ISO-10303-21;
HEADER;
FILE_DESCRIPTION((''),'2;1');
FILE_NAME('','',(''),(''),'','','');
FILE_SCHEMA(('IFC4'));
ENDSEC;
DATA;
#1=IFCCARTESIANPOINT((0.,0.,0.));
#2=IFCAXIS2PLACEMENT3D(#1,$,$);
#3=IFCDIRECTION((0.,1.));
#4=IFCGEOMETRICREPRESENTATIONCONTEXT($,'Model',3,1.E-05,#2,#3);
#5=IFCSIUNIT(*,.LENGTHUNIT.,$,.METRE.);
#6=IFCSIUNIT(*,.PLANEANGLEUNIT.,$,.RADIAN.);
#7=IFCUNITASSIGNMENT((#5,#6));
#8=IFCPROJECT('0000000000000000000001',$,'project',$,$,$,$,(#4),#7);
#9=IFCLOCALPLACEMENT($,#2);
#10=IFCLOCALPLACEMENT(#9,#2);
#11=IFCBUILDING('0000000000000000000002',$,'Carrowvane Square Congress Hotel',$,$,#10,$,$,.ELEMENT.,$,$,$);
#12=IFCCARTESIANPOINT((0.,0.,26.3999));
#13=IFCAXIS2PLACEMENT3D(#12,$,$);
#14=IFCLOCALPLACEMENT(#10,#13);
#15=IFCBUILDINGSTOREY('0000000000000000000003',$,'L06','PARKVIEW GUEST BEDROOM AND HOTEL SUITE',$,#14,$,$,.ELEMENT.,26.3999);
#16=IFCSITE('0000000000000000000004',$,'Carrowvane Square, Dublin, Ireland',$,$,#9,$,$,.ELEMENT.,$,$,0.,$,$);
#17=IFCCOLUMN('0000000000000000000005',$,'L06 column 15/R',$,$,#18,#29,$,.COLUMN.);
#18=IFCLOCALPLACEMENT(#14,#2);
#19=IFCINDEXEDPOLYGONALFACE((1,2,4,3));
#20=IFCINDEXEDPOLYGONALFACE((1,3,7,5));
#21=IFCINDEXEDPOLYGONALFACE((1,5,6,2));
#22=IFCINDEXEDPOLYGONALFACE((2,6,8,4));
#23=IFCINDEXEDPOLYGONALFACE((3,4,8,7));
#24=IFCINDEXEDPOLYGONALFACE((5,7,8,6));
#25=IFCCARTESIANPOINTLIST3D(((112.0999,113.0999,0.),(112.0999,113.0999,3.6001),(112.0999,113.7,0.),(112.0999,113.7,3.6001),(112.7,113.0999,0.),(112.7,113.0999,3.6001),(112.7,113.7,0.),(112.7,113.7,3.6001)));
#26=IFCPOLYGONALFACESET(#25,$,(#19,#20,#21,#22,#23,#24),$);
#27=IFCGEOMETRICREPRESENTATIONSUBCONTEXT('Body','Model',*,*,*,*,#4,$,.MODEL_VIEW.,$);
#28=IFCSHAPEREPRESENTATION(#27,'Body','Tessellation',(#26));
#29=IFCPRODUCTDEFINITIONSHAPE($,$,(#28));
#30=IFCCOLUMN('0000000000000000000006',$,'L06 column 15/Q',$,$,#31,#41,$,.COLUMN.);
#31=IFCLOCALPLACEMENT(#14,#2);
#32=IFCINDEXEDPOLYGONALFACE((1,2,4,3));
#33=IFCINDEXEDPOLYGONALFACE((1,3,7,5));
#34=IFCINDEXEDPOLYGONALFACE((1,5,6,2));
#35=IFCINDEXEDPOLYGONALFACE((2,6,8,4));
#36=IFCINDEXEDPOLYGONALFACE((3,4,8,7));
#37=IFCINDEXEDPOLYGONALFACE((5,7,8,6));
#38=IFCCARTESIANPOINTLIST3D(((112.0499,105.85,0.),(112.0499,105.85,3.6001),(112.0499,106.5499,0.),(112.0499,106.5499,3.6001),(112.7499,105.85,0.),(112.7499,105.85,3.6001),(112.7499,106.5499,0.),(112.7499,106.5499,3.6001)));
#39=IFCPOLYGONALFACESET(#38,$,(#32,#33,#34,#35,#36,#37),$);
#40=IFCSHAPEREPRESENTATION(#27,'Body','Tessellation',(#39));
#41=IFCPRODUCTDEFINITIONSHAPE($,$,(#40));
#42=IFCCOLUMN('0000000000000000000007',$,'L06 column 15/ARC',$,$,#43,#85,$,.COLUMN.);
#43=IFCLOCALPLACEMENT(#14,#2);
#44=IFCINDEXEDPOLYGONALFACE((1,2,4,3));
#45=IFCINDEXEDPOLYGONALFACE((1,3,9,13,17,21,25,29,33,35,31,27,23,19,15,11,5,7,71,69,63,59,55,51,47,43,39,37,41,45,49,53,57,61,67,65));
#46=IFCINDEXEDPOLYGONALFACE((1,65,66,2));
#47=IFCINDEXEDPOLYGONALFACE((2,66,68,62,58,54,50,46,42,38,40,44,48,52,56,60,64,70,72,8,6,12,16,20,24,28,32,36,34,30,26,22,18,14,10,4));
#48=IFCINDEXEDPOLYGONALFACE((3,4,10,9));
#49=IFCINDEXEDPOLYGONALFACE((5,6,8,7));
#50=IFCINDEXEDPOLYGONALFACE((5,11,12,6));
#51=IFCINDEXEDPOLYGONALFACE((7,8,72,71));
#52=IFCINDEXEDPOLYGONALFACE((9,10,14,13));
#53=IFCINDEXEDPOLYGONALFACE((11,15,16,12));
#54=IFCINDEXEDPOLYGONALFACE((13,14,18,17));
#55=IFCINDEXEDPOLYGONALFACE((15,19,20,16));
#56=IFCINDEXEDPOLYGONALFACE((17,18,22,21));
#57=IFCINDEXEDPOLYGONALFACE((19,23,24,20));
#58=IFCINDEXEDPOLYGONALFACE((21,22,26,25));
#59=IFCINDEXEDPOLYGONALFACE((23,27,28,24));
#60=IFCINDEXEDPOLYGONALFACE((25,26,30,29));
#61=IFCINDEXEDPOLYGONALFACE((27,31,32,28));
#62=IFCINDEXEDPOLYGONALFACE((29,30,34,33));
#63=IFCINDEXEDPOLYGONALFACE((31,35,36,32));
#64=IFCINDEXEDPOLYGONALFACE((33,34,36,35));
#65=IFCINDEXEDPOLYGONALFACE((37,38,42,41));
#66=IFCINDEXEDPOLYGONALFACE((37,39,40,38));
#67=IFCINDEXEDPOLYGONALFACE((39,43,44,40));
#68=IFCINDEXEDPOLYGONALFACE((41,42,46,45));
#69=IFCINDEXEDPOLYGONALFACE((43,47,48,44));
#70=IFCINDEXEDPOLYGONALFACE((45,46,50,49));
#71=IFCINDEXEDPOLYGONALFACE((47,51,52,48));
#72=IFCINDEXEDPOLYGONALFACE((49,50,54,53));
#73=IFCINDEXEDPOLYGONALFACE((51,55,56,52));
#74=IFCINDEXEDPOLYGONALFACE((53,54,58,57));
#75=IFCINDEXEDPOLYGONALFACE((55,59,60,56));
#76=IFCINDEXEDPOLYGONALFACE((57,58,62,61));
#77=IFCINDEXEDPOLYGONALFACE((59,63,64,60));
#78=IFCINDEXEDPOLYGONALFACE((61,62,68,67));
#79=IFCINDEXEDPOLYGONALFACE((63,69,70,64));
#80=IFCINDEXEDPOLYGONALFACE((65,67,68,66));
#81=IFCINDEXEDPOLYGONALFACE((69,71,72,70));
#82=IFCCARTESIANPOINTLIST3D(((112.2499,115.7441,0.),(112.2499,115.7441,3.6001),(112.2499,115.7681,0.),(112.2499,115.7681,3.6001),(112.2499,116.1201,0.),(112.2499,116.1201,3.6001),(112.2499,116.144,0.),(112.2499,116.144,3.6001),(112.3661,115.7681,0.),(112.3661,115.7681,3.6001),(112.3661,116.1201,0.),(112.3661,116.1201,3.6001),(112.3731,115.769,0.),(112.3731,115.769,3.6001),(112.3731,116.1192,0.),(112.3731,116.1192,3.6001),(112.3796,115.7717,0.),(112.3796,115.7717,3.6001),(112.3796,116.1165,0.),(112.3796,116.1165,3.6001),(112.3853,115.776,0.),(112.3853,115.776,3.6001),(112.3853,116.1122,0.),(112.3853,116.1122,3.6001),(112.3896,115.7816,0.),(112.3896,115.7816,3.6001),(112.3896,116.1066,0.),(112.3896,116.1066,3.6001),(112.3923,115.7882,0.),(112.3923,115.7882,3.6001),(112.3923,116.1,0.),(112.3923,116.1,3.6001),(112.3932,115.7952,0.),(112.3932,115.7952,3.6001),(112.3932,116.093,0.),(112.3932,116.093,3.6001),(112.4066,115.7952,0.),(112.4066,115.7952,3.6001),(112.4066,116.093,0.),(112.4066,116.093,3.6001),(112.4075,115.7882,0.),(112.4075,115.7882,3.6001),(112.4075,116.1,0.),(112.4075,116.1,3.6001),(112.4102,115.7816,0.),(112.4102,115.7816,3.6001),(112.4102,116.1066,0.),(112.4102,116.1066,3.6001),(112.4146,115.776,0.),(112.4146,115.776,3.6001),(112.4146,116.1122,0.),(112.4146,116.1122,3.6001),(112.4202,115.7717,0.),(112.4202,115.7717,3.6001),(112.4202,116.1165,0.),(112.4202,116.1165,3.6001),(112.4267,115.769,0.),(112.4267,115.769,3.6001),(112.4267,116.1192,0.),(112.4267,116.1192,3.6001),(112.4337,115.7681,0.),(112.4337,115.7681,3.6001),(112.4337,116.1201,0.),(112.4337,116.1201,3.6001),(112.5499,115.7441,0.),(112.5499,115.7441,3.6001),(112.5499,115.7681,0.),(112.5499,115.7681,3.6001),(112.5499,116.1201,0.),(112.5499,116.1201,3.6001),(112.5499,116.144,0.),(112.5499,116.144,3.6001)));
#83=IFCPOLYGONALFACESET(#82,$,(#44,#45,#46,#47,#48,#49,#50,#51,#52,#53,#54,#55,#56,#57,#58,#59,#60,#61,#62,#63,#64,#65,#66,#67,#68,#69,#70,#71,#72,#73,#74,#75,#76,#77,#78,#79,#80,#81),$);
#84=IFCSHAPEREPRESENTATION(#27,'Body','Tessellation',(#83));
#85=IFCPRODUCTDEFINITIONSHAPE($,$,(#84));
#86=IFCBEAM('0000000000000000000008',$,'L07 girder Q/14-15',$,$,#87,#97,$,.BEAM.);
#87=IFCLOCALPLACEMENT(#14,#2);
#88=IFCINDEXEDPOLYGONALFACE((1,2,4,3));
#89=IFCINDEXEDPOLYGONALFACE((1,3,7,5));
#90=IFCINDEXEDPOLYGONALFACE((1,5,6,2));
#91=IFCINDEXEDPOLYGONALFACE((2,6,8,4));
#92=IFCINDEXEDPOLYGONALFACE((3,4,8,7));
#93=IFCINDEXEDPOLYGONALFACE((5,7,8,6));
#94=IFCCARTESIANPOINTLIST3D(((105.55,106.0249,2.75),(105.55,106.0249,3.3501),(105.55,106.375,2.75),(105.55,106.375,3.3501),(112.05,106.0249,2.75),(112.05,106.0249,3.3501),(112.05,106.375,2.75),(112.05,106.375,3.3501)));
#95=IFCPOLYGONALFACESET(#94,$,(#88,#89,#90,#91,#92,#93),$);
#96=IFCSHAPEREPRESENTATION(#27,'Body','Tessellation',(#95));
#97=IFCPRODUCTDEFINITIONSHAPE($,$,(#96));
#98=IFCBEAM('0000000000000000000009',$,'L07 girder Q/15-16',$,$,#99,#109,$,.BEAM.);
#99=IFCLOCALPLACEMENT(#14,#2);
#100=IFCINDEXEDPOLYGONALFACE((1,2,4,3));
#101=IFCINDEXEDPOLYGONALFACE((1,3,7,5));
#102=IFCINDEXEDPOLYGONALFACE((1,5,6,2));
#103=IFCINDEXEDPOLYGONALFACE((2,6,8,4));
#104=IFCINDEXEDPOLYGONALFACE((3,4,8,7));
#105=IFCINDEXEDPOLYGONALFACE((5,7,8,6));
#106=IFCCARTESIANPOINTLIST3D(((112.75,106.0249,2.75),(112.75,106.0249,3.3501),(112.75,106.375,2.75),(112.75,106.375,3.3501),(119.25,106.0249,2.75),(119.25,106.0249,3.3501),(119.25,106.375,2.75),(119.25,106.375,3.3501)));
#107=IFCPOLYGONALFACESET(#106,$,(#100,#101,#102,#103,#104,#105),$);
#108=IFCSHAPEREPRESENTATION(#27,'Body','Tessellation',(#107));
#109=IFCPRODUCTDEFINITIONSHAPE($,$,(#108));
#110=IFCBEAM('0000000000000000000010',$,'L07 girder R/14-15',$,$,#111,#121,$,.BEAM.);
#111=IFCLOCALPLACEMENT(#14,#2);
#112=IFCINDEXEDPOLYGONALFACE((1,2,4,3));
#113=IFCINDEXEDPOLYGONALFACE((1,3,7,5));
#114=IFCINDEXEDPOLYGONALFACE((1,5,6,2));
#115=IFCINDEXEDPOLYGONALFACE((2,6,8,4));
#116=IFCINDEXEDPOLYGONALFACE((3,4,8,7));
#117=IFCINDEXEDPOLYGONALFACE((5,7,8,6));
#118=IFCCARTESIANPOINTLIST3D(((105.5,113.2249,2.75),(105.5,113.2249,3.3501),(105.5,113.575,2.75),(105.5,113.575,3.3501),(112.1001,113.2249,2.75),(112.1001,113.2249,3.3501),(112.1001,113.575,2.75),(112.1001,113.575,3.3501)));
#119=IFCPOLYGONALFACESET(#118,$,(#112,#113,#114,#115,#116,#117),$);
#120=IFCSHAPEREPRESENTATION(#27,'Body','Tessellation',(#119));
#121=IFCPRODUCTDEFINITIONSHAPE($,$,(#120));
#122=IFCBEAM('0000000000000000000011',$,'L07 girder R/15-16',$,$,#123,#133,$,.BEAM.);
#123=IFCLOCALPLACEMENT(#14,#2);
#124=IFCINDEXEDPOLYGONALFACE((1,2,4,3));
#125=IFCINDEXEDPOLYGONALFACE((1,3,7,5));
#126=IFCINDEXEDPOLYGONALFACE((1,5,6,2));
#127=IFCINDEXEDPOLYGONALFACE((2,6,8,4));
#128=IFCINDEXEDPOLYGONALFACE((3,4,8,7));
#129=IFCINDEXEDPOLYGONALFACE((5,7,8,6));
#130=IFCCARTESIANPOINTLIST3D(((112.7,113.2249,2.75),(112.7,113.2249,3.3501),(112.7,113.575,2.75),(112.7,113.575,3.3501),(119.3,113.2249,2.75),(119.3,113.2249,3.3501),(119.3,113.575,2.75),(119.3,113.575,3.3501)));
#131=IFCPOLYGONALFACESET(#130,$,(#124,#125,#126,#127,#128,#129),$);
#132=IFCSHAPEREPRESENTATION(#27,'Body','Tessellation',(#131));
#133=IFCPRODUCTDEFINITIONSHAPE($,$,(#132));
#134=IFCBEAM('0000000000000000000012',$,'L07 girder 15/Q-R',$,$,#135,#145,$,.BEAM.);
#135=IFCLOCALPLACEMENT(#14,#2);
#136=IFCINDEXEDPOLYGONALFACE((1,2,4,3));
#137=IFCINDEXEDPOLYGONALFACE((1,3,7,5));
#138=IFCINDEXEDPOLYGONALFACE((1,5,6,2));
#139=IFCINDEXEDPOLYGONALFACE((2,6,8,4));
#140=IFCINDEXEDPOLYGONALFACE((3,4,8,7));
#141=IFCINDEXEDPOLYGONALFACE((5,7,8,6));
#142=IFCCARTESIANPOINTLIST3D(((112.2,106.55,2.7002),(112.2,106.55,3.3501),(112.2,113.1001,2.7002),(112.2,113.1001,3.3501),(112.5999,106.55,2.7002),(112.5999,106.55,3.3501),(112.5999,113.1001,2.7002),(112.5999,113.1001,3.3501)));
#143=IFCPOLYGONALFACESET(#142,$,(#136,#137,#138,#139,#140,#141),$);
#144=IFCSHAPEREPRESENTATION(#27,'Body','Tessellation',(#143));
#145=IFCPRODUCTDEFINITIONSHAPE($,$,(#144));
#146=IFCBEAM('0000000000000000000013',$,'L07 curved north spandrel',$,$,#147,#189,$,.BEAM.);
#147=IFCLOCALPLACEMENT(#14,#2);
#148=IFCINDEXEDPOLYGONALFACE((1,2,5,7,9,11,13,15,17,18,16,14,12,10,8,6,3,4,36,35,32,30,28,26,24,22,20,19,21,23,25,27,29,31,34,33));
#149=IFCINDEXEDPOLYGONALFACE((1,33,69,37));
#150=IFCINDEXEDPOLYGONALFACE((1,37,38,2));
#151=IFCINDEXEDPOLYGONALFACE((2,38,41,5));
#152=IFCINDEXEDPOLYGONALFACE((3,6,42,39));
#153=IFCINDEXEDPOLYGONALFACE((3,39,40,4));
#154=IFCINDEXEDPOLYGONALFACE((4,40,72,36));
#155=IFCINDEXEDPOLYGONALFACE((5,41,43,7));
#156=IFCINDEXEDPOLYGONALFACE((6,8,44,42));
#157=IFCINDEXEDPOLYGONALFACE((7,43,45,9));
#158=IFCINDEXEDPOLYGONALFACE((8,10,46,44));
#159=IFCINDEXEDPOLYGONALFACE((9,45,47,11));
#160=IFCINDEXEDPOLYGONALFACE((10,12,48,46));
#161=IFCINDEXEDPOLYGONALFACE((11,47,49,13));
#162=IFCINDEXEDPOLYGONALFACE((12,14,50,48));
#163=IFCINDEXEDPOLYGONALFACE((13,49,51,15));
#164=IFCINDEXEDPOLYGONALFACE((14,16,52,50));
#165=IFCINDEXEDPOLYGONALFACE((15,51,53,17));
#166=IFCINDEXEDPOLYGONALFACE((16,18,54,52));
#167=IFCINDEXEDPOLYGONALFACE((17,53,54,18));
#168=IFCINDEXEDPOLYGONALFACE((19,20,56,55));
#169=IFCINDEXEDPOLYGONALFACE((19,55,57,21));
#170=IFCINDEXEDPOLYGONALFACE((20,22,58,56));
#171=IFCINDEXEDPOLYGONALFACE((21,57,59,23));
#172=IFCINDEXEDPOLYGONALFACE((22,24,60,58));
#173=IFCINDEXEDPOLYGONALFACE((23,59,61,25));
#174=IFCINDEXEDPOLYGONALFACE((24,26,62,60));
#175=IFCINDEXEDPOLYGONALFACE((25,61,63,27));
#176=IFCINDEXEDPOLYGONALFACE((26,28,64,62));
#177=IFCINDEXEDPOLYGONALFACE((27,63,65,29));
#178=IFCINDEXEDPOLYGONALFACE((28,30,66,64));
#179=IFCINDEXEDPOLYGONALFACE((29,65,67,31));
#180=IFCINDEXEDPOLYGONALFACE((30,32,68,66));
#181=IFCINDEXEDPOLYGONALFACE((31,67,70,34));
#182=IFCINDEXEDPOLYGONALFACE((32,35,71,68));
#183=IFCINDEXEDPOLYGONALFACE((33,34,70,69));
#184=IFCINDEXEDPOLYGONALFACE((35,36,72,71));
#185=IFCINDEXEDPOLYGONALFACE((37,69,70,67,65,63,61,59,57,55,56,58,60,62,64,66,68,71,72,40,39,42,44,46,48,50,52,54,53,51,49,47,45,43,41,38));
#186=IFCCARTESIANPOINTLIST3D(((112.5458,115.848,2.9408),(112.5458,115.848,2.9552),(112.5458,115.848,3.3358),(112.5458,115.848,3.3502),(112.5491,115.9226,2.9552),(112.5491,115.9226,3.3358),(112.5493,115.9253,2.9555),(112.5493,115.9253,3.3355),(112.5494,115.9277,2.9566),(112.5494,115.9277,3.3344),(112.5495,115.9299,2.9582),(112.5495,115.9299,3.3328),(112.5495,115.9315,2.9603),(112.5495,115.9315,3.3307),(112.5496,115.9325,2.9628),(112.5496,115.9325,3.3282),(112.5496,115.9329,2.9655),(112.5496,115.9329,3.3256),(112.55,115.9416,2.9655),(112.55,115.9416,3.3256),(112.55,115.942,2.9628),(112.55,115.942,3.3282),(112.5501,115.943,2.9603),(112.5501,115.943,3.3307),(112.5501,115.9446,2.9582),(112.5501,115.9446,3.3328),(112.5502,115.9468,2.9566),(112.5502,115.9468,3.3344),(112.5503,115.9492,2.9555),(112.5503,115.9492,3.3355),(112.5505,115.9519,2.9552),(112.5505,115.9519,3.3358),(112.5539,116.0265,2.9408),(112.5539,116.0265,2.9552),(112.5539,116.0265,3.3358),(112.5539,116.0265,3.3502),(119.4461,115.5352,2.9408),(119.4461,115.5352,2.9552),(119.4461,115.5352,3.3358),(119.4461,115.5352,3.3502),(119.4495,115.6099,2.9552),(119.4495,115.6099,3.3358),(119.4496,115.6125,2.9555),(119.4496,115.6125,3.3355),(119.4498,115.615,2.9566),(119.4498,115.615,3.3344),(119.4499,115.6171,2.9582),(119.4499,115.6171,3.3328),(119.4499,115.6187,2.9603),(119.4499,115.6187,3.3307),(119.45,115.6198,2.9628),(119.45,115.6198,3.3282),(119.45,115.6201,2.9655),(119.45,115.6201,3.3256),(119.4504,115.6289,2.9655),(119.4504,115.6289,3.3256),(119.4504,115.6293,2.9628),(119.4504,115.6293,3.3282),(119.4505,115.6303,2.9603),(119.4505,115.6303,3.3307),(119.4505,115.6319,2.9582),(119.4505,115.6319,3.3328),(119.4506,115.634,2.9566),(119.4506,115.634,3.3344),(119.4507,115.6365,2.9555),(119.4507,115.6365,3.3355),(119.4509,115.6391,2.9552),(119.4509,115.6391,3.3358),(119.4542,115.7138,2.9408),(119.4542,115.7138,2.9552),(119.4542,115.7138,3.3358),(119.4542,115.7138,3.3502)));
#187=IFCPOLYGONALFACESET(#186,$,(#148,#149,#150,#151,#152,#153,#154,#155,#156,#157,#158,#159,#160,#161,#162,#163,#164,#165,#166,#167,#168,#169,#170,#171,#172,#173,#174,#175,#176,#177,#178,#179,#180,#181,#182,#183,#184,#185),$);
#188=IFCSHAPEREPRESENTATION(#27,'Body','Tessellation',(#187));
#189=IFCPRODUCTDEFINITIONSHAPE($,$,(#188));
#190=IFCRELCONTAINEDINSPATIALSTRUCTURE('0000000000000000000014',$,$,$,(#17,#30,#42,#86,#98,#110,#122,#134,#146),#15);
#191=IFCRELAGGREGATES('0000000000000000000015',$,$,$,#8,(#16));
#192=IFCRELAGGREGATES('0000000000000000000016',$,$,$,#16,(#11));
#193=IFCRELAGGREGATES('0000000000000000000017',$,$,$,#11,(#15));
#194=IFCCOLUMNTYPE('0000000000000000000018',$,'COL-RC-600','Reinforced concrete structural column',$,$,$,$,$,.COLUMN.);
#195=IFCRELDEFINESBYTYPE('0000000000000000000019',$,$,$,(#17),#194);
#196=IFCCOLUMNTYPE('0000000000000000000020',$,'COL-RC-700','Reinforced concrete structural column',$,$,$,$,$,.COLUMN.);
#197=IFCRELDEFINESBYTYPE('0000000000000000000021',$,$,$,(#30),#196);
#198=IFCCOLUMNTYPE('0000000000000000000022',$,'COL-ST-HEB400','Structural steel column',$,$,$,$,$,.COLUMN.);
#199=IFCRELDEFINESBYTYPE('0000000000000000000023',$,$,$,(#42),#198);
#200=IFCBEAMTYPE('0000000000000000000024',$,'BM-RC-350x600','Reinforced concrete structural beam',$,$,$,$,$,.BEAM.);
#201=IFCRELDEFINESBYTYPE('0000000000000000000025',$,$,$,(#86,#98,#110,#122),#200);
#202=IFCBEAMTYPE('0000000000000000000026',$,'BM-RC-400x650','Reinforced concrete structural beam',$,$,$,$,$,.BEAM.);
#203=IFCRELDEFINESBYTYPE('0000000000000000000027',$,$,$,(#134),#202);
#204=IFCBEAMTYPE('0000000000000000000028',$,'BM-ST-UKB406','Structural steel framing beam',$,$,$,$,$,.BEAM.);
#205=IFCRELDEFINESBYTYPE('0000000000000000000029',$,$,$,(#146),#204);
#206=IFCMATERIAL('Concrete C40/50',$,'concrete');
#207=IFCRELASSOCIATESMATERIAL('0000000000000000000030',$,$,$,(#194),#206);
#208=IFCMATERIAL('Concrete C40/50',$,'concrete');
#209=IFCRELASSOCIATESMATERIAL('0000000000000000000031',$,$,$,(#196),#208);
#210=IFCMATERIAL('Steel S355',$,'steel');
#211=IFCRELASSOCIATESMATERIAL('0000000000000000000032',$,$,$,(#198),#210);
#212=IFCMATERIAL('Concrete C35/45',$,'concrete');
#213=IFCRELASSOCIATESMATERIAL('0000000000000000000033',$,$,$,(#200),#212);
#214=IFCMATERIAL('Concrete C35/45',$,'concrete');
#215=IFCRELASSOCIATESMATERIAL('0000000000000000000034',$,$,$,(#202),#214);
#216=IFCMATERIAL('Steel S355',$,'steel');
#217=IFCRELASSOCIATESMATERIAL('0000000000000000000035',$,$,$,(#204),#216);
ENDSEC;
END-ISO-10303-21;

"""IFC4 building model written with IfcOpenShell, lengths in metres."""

from ifc_helpers import new_model, si_unit, direction, frame, origin, origin_2d, place, context, subcontext, project, spatial, rectangle, i_section, extrude, material, material_profile, profile_set, type_object, element, save


model = new_model("IFC4")

# Units and contexts
model_context = context("Model", 3, precision=1e-05, world=origin(), true_north=direction((0.0, 1.0)))
body_context = subcontext(model_context, "Body", "Model", "MODEL_VIEW")
ifc_project = project(units=[si_unit("LENGTHUNIT", "METRE"), si_unit("PLANEANGLEUNIT", "RADIAN")], contexts=[model_context])

# Site, building, storey
site_placement = place(None, origin())
site = spatial("IfcSite", under=ifc_project, at=site_placement, Name="Carrowvane Square, Dublin, Ireland", CompositionType="ELEMENT", RefElevation=0.0)
building_placement = place(site_placement, origin())
building = spatial("IfcBuilding", under=site, at=building_placement, Name="Carrowvane Square Congress Hotel", CompositionType="ELEMENT")
storey_placement = place(building_placement, frame((0.0, 0.0, 26.3999)))
storey = spatial("IfcBuildingStorey", under=building, at=storey_placement, Name="L06", Description="PARKVIEW GUEST BEDROOM AND HOTEL SUITE", CompositionType="ELEMENT", Elevation=26.3999)

# Columns
ifc_material_1 = material(Name="Concrete C40/50", Category="concrete")
ifc_material_profile_1 = material_profile(ifc_material_1, rectangle(XDim=0.6001, YDim=0.6001, at=origin_2d()), Name="RC 600x600")
ifc_profile_set_1 = profile_set([ifc_material_profile_1], Name="Concrete C40/50")
column_type_1 = type_object("IfcColumnType", Name="COL-RC-600", Description="Reinforced concrete structural column", PredefinedType="COLUMN", material=ifc_profile_set_1)
column_1_placement = place(storey_placement, frame((112.3999, 113.3999, 0.0), z_axis=(0.0, 0.0, 1.0), x_axis=(1.0, 0.0, 0.0)))
element("IfcColumn", 1, at=column_1_placement, inside=storey, type_object=column_type_1, Name="L06 column 15/R", PredefinedType="COLUMN", context=body_context, shape_type="SweptSolid", body=[
    extrude(rectangle(XDim=0.6001, YDim=0.6001, at=origin_2d()), origin(), (0.0, 0.0, 1.0), 3.6001),
])
ifc_material_2 = material(Name="Concrete C40/50", Category="concrete")
ifc_material_profile_2 = material_profile(ifc_material_2, rectangle(XDim=0.7, YDim=0.7, at=origin_2d()), Name="RC 700x700")
ifc_profile_set_2 = profile_set([ifc_material_profile_2], Name="Concrete C40/50")
column_type_2 = type_object("IfcColumnType", Name="COL-RC-700", Description="Reinforced concrete structural column", PredefinedType="COLUMN", material=ifc_profile_set_2)
column_2_placement = place(storey_placement, frame((112.3999, 106.2, 0.0), z_axis=(0.0, 0.0, 1.0), x_axis=(1.0, 0.0, 0.0)))
element("IfcColumn", 2, at=column_2_placement, inside=storey, type_object=column_type_2, Name="L06 column 15/Q", PredefinedType="COLUMN", context=body_context, shape_type="SweptSolid", body=[
    extrude(rectangle(XDim=0.7, YDim=0.7, at=origin_2d()), origin(), (0.0, 0.0, 1.0), 3.6001),
])
ifc_material_3 = material(Name="Steel S355", Category="steel")
ifc_material_profile_3 = material_profile(ifc_material_3, i_section(OverallWidth=0.3, OverallDepth=0.3999, WebThickness=0.0134, FlangeThickness=0.0239, FilletRadius=0.0271, at=origin_2d()), Name="HEB 400")
ifc_profile_set_3 = profile_set([ifc_material_profile_3], Name="Steel S355")
column_type_3 = type_object("IfcColumnType", Name="COL-ST-HEB400", Description="Structural steel column", PredefinedType="COLUMN", material=ifc_profile_set_3)
column_3_placement = place(storey_placement, frame((112.3999, 115.9441, 0.0), z_axis=(0.0, 0.0, 1.0), x_axis=(1.0, 0.0, 0.0)))
element("IfcColumn", 3, at=column_3_placement, inside=storey, type_object=column_type_3, Name="L06 column 15/ARC", PredefinedType="COLUMN", context=body_context, shape_type="SweptSolid", body=[
    extrude(i_section(OverallWidth=0.3, OverallDepth=0.3999, WebThickness=0.0134, FlangeThickness=0.0239, FilletRadius=0.0271, at=origin_2d()), origin(), (0.0, 0.0, 1.0), 3.6001),
])

# Beams
ifc_material_4 = material(Name="Concrete C35/45", Category="concrete")
ifc_material_profile_4 = material_profile(ifc_material_4, rectangle(XDim=0.3501, YDim=0.6001, at=origin_2d()), Name="RC 350x600")
ifc_profile_set_4 = profile_set([ifc_material_profile_4], Name="Concrete C35/45")
beam_type_1 = type_object("IfcBeamType", Name="BM-RC-350x600", Description="Reinforced concrete structural beam", PredefinedType="BEAM", material=ifc_profile_set_4)
for number, where, z_axis, x_axis, name in (
    (4, (105.55, 106.2, 3.05), (1.0, 0.0, 0.0), (0.0, 1.0, 0.0), "L07 girder Q/14-15"),
    (5, (112.75, 106.2, 3.05), (1.0, 0.0, 0.0), (0.0, 1.0, 0.0), "L07 girder Q/15-16"),
):
    element("IfcBeam", number, at=place(storey_placement, frame(where, z_axis=z_axis, x_axis=x_axis)), inside=storey, type_object=beam_type_1, Name=name, PredefinedType="BEAM", context=body_context, shape_type="SweptSolid", body=[
        extrude(rectangle(XDim=0.3501, YDim=0.6001, at=origin_2d()), origin(), (0.0, 0.0, 1.0), 6.5),
    ])
for number, where, z_axis, x_axis, name in (
    (6, (105.5, 113.3999, 3.05), (1.0, 0.0, 0.0), (0.0, 1.0, 0.0), "L07 girder R/14-15"),
    (7, (112.7, 113.3999, 3.05), (1.0, 0.0, 0.0), (0.0, 1.0, 0.0), "L07 girder R/15-16"),
):
    element("IfcBeam", number, at=place(storey_placement, frame(where, z_axis=z_axis, x_axis=x_axis)), inside=storey, type_object=beam_type_1, Name=name, PredefinedType="BEAM", context=body_context, shape_type="SweptSolid", body=[
        extrude(rectangle(XDim=0.3501, YDim=0.6001, at=origin_2d()), origin(), (0.0, 0.0, 1.0), 6.6001),
    ])
ifc_material_5 = material(Name="Concrete C35/45", Category="concrete")
ifc_material_profile_5 = material_profile(ifc_material_5, rectangle(XDim=0.3999, YDim=0.6499, at=origin_2d()), Name="RC 400x650")
ifc_profile_set_5 = profile_set([ifc_material_profile_5], Name="Concrete C35/45")
beam_type_2 = type_object("IfcBeamType", Name="BM-RC-400x650", Description="Reinforced concrete structural beam", PredefinedType="BEAM", material=ifc_profile_set_5)
beam_1_placement = place(storey_placement, frame((112.3999, 106.55, 3.0251), z_axis=(0.0, 1.0, 0.0), x_axis=(-1.0, 0.0, 0.0)))
element("IfcBeam", 8, at=beam_1_placement, inside=storey, type_object=beam_type_2, Name="L07 girder 15/Q-R", PredefinedType="BEAM", context=body_context, shape_type="SweptSolid", body=[
    extrude(rectangle(XDim=0.3999, YDim=0.6499, at=origin_2d()), origin(), (0.0, 0.0, 1.0), 6.55),
])
ifc_material_6 = material(Name="Steel S355", Category="steel")
ifc_material_profile_6 = material_profile(ifc_material_6, i_section(OverallWidth=0.1787, OverallDepth=0.4094, WebThickness=0.0088, FlangeThickness=0.0144, FilletRadius=0.0103, at=origin_2d()), Name="UKB 406x178x67")
ifc_profile_set_6 = profile_set([ifc_material_profile_6], Name="Steel S355")
beam_type_3 = type_object("IfcBeamType", Name="BM-ST-UKB406", Description="Structural steel framing beam", PredefinedType="BEAM", material=ifc_profile_set_6)
beam_2_placement = place(storey_placement, frame((112.5498, 115.9373, 3.1455), z_axis=(0.998975, -0.045276, 0.0), x_axis=(0.045276, 0.998975, 0.0)))
element("IfcBeam", 9, at=beam_2_placement, inside=storey, type_object=beam_type_3, Name="L07 curved north spandrel", PredefinedType="BEAM", context=body_context, shape_type="SweptSolid", body=[
    extrude(i_section(OverallWidth=0.1787, OverallDepth=0.4094, WebThickness=0.0088, FlangeThickness=0.0144, FilletRadius=0.0103, at=origin_2d()), origin(), (0.0, 0.0, 1.0), 6.9075),
])

save(model, "model.ifc")
